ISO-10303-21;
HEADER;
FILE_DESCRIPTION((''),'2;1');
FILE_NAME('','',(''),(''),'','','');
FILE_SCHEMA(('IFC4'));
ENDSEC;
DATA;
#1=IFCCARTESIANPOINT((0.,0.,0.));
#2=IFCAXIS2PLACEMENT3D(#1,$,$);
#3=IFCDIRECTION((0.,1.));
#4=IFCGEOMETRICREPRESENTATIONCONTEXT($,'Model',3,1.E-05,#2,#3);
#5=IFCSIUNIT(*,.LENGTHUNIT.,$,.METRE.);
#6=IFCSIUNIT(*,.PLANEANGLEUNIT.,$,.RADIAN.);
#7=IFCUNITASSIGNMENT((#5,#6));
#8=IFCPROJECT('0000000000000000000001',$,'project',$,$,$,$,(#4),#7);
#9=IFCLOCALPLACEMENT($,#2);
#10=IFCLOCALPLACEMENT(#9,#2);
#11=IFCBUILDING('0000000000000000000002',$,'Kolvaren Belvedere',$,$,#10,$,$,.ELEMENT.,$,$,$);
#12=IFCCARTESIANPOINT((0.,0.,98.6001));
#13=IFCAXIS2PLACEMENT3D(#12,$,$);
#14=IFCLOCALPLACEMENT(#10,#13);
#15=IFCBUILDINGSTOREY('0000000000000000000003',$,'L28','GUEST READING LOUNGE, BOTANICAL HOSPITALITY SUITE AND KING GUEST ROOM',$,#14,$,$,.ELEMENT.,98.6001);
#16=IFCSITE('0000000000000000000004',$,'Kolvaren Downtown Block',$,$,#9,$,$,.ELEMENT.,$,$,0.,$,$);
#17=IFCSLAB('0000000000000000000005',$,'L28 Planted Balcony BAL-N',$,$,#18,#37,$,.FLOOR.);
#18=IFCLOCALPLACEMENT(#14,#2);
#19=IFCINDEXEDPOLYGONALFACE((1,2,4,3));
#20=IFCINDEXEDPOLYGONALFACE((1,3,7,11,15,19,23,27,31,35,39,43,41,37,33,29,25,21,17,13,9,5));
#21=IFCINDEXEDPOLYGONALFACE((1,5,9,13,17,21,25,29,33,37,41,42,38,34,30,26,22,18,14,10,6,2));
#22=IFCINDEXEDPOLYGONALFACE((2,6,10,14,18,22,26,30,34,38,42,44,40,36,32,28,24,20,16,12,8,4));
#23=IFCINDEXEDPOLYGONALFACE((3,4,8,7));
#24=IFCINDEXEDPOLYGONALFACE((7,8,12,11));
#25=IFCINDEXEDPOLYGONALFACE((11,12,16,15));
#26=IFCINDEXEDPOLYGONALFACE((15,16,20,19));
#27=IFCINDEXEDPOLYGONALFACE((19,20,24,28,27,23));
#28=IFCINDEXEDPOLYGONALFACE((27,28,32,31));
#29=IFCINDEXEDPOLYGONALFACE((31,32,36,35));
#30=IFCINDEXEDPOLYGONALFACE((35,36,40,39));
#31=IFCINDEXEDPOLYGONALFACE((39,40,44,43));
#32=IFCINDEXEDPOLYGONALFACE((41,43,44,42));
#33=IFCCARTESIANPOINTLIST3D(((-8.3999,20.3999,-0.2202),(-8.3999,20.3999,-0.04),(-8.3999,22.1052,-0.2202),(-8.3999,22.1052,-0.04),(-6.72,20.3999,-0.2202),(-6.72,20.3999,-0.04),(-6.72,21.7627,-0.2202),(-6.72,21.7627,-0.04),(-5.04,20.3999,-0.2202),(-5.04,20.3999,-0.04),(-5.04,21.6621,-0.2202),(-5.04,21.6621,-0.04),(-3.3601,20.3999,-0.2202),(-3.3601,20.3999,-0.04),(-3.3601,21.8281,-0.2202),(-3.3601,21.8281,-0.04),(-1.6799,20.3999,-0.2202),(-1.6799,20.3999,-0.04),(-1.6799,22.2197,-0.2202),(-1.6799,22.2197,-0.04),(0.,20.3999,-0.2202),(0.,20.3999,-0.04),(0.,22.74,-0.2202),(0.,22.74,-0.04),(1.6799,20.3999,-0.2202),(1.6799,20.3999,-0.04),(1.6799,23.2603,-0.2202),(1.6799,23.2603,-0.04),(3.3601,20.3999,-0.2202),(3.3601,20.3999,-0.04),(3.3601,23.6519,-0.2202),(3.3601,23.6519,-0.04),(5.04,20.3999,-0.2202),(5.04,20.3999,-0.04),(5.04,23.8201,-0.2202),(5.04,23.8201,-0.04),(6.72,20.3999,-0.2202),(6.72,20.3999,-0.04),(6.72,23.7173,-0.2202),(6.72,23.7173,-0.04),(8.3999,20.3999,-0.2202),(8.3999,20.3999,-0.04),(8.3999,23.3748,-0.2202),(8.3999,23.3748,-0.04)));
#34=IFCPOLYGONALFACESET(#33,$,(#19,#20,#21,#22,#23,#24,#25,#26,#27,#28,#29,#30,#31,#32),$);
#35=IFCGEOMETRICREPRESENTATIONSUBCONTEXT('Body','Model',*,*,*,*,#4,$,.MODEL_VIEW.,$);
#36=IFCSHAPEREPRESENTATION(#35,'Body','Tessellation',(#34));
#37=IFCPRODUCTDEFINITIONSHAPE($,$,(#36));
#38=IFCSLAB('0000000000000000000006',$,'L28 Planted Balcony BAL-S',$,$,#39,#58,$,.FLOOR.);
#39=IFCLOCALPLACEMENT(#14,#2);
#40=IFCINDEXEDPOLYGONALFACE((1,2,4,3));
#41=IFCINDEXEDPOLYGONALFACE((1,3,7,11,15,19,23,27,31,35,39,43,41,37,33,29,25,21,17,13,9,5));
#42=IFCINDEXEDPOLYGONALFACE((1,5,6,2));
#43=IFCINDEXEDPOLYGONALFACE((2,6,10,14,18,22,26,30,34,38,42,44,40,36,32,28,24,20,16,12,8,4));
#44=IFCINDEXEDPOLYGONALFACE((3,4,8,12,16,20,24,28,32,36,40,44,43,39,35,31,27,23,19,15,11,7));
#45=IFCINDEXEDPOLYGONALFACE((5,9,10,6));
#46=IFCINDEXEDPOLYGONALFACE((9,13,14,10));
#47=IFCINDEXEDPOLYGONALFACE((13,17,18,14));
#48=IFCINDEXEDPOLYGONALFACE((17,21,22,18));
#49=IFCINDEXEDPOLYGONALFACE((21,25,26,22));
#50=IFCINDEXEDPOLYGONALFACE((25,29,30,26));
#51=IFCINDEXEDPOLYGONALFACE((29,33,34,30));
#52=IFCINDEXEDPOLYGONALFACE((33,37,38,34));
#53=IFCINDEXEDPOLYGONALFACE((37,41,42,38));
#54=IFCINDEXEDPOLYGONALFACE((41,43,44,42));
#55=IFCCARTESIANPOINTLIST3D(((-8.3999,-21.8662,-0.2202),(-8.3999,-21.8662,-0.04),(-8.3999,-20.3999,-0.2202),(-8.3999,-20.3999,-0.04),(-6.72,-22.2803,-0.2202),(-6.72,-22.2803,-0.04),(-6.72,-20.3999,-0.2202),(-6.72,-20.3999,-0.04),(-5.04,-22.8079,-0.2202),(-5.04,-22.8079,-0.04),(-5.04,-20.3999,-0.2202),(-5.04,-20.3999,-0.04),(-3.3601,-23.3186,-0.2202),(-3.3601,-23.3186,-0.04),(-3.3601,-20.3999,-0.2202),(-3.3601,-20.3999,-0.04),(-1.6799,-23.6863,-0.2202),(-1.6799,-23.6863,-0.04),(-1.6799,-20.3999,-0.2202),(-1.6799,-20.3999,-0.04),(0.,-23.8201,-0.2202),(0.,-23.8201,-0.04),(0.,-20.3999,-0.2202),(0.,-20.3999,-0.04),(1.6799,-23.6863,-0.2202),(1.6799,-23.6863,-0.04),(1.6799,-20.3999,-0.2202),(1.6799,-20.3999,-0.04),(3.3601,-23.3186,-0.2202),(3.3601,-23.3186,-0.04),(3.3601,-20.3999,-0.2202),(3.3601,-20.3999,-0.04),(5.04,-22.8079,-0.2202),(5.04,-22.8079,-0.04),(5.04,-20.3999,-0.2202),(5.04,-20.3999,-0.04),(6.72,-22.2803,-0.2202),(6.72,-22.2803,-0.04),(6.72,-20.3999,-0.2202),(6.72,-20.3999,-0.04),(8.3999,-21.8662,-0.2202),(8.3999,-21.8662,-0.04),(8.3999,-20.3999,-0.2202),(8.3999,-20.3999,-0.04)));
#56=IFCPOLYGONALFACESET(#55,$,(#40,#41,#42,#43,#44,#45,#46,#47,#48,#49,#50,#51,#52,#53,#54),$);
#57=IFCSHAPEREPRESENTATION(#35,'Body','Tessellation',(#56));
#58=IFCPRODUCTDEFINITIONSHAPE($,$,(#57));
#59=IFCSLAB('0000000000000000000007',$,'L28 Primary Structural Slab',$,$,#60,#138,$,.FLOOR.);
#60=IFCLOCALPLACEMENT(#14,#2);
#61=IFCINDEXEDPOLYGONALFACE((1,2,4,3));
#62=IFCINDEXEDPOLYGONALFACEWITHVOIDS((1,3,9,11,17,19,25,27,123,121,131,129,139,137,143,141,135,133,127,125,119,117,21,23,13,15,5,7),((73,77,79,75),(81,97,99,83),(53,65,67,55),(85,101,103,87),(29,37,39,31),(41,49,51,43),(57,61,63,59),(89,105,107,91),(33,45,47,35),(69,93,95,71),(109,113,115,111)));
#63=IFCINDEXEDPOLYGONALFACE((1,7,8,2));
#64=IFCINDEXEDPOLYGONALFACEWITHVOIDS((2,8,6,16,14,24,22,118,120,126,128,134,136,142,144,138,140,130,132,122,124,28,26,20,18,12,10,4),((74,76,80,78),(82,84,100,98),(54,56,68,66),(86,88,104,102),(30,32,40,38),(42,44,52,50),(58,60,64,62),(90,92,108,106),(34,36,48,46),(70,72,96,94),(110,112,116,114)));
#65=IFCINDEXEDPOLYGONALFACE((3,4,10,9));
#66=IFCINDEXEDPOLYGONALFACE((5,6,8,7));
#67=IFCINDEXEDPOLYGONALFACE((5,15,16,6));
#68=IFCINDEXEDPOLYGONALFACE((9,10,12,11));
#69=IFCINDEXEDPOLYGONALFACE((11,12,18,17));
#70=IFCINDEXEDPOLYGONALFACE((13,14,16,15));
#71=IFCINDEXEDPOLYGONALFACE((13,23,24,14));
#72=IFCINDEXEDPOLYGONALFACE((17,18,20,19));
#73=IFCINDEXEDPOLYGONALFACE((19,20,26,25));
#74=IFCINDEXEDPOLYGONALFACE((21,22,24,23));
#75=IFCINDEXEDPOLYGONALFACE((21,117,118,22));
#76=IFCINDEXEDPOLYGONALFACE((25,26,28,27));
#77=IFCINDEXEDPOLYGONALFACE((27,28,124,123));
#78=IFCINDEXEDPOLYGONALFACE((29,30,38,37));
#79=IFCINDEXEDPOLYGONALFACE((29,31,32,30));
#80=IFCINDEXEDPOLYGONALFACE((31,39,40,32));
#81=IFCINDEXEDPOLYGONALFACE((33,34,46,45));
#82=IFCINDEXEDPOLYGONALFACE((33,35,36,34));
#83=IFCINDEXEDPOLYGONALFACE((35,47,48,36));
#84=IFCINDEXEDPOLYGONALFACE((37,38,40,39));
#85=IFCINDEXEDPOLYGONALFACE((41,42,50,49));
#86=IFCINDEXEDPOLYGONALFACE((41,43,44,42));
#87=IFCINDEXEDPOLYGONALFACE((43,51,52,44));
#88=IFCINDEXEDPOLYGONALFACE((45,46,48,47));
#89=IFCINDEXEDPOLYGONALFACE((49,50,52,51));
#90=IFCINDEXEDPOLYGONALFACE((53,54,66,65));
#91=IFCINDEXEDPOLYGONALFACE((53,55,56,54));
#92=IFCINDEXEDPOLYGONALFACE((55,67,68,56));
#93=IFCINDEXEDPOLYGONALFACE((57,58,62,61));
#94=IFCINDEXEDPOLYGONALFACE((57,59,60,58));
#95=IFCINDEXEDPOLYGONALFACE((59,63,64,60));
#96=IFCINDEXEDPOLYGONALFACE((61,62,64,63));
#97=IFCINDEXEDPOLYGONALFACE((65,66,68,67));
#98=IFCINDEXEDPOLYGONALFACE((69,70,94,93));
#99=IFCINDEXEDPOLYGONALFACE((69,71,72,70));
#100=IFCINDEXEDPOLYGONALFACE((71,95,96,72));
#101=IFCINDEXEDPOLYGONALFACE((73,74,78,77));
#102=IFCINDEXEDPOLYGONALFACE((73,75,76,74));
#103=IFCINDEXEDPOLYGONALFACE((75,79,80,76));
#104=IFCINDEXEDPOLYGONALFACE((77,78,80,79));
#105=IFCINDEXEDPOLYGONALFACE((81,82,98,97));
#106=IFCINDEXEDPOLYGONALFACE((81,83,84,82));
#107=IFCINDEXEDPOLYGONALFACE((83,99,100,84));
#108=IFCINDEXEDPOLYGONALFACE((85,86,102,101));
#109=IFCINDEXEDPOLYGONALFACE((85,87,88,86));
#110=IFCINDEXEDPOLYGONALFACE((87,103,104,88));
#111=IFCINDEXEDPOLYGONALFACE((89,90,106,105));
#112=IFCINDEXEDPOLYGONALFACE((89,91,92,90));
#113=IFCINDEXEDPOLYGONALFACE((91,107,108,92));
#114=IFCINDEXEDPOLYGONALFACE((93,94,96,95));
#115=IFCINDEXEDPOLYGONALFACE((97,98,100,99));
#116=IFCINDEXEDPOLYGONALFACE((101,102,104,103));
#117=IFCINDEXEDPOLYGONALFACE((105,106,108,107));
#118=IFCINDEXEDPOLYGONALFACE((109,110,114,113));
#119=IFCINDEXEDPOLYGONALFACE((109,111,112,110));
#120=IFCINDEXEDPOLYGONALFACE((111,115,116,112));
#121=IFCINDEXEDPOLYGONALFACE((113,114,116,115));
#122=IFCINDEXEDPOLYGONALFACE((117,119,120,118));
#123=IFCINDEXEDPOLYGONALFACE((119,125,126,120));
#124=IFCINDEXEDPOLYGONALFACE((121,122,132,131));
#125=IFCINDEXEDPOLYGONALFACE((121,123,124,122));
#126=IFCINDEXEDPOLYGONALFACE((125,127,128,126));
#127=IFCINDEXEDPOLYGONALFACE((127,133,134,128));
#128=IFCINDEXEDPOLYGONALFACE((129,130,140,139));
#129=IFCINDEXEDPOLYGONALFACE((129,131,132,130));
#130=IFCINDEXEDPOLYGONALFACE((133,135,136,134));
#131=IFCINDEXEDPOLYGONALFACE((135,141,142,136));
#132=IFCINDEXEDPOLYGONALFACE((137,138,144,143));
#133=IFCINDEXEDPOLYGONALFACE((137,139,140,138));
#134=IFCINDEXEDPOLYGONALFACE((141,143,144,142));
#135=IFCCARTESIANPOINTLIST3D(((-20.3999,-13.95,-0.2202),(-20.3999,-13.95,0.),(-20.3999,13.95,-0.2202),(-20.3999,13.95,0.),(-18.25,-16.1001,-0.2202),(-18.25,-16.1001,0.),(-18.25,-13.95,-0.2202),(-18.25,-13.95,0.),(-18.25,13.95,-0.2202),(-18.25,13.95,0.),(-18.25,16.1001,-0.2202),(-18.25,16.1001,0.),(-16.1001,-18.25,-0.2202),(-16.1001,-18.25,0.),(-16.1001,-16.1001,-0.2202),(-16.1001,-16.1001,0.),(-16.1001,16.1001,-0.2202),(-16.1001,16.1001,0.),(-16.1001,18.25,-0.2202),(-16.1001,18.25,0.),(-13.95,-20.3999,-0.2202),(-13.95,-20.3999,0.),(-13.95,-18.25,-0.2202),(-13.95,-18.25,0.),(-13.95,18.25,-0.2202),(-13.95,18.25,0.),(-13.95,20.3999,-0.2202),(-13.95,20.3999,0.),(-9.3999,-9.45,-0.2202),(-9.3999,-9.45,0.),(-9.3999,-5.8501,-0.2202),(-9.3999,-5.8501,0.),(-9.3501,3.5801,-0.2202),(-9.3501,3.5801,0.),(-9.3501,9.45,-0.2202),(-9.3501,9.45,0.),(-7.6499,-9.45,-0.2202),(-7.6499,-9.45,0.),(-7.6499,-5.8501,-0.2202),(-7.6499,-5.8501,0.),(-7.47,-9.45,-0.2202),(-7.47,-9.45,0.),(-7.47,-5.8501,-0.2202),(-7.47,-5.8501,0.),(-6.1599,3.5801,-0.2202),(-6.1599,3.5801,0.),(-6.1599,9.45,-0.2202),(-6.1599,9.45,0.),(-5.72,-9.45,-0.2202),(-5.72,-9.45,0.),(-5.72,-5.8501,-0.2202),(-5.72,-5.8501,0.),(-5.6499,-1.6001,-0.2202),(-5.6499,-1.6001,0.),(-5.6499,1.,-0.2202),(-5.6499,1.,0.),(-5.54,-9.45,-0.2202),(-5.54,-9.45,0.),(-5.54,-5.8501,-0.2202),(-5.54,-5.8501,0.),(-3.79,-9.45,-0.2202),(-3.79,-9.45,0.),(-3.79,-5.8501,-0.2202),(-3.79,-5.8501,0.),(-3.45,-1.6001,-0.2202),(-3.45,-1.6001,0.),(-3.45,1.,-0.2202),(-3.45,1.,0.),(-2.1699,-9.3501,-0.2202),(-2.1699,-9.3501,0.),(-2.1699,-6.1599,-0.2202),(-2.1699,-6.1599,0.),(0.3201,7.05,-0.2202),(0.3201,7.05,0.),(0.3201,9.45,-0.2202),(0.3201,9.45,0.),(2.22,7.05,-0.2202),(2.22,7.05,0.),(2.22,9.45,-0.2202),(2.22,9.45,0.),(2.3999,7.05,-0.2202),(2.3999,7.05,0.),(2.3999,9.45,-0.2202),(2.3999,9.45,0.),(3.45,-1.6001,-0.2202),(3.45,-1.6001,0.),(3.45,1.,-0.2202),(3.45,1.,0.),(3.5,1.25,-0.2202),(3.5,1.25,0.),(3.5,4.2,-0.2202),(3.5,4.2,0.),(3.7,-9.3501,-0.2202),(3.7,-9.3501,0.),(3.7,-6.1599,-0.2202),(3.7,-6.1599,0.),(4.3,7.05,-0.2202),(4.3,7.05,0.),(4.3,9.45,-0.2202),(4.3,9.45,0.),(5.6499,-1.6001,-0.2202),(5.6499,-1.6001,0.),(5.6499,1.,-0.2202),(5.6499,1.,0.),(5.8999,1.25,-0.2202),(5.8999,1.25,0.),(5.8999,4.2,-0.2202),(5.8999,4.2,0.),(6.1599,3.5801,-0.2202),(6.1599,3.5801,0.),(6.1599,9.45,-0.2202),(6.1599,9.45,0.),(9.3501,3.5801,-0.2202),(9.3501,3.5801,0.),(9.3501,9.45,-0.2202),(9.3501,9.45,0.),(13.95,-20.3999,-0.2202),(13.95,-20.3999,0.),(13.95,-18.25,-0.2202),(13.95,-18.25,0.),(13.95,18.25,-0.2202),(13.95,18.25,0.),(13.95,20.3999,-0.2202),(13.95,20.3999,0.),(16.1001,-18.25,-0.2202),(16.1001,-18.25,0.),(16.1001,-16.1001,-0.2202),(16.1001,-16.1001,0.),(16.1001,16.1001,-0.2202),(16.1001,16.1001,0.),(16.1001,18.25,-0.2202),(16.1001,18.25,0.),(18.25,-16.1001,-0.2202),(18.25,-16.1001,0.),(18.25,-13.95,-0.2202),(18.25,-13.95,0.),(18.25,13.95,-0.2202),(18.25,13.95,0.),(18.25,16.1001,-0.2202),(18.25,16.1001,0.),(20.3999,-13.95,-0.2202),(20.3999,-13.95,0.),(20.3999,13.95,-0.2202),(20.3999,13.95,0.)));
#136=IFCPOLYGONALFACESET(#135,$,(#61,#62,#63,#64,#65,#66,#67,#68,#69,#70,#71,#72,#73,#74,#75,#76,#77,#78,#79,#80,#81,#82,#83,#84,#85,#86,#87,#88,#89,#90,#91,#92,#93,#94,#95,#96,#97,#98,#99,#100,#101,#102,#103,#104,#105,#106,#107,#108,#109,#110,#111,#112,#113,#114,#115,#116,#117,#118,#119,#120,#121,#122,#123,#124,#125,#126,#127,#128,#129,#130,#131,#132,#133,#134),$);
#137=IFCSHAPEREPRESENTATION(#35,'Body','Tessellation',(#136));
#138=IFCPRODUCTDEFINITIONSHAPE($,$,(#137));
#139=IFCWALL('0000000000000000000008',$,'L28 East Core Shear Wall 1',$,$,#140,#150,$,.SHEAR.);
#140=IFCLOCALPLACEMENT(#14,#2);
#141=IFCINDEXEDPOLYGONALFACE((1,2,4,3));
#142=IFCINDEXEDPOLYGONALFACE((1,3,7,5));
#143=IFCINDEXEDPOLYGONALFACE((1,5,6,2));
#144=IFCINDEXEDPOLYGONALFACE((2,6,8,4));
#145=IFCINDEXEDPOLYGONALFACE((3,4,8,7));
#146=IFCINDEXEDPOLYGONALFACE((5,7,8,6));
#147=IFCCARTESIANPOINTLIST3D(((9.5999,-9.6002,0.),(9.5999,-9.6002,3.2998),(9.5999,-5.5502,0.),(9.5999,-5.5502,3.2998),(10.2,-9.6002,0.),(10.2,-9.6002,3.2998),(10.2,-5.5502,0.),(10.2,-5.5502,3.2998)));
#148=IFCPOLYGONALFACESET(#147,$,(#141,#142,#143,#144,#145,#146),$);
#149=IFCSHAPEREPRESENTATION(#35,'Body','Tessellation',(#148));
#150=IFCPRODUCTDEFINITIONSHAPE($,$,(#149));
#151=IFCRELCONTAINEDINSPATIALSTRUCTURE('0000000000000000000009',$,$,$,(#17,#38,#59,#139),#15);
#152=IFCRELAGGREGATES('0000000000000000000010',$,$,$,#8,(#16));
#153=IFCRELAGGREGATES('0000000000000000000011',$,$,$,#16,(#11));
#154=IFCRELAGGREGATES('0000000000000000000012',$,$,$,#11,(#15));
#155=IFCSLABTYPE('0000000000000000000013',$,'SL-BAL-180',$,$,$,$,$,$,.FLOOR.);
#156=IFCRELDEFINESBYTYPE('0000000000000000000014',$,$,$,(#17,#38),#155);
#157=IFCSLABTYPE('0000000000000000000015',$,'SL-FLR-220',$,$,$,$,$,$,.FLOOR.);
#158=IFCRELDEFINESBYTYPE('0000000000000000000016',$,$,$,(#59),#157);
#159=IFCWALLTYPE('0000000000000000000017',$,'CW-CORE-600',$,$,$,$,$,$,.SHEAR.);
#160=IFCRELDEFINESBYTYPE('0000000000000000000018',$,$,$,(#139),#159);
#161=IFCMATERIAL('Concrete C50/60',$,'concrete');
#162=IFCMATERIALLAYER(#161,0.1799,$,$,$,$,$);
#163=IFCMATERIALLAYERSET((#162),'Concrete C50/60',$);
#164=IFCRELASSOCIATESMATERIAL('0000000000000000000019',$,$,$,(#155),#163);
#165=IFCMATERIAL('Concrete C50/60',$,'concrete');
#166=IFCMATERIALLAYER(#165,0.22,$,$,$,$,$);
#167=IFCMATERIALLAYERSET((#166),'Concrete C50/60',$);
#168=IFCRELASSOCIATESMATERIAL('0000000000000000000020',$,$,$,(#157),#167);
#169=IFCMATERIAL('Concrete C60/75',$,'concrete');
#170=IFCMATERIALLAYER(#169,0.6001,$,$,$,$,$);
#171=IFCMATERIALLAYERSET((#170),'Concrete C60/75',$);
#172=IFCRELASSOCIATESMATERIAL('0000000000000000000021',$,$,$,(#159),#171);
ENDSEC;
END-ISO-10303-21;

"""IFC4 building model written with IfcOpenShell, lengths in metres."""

from ifc_helpers import new_model, si_unit, direction, frame, frame_2d, origin, place, context, subcontext, project, spatial, polyline, rectangle, outline, extrude, material, layer, layer_set, type_object, element, save


model = new_model("IFC4")

# Units and contexts
model_context = context("Model", 3, precision=1e-05, world=origin(), true_north=direction((0.0, 1.0)))
body_context = subcontext(model_context, "Body", "Model", "MODEL_VIEW")
ifc_project = project(units=[si_unit("LENGTHUNIT", "METRE"), si_unit("PLANEANGLEUNIT", "RADIAN")], contexts=[model_context])

# Site, building, storey
site_placement = place(None, origin())
site = spatial("IfcSite", under=ifc_project, at=site_placement, Name="Kolvaren Downtown Block", CompositionType="ELEMENT", RefElevation=0.0)
building_placement = place(site_placement, origin())
building = spatial("IfcBuilding", under=site, at=building_placement, Name="Kolvaren Belvedere", CompositionType="ELEMENT")
storey_placement = place(building_placement, frame((0.0, 0.0, 98.6001)))
storey = spatial("IfcBuildingStorey", under=building, at=storey_placement, Name="L28", Description="GUEST READING LOUNGE, BOTANICAL HOSPITALITY SUITE AND KING GUEST ROOM", CompositionType="ELEMENT", Elevation=98.6001)

# Slabs
ifc_material_1 = material(Name="Concrete C50/60", Category="concrete")
ifc_layer_1 = layer(ifc_material_1, 0.1799)
ifc_layer_set_1 = layer_set([ifc_layer_1], Name="Concrete C50/60")
slab_type_1 = type_object("IfcSlabType", Name="SL-BAL-180", PredefinedType="FLOOR", material=ifc_layer_set_1)
slab_1_placement = place(storey_placement, frame((0.0, 0.0, -0.2202)))
element("IfcSlab", 1, at=slab_1_placement, inside=storey, type_object=slab_type_1, Name="L28 Planted Balcony BAL-N", PredefinedType="FLOOR", context=body_context, shape_type="SweptSolid", body=[
    extrude(outline(polyline([(-8.3999, 20.3999), (-6.72, 20.3999), (-5.04, 20.3999), (-3.3601, 20.3999), (-1.6799, 20.3999), (0.0, 20.3999), (1.6799, 20.3999), (3.3601, 20.3999), (5.04, 20.3999), (6.72, 20.3999), (8.3999, 20.3999), (8.3999, 23.3748), (6.72, 23.7173), (5.04, 23.8201), (3.3601, 23.6519), (1.6799, 23.2603), (0.0, 22.74), (-1.6799, 22.2197), (-3.3601, 21.8281), (-5.04, 21.6621), (-6.72, 21.7627), (-8.3999, 22.1052), (-8.3999, 20.3999)])), origin(), (0.0, 0.0, 1.0), 0.1802),
])
slab_2_placement = place(storey_placement, frame((0.0, 0.0, -0.2202)))
element("IfcSlab", 2, at=slab_2_placement, inside=storey, type_object=slab_type_1, Name="L28 Planted Balcony BAL-S", PredefinedType="FLOOR", context=body_context, shape_type="SweptSolid", body=[
    extrude(outline(polyline([(-8.3999, -21.8662), (-6.72, -22.2803), (-5.04, -22.8079), (-3.3601, -23.3186), (-1.6799, -23.6863), (0.0, -23.8201), (1.6799, -23.6863), (3.3601, -23.3186), (5.04, -22.8079), (6.72, -22.2803), (8.3999, -21.8662), (8.3999, -20.3999), (6.72, -20.3999), (5.04, -20.3999), (3.3601, -20.3999), (1.6799, -20.3999), (0.0, -20.3999), (-1.6799, -20.3999), (-3.3601, -20.3999), (-5.04, -20.3999), (-6.72, -20.3999), (-8.3999, -20.3999), (-8.3999, -21.8662)])), origin(), (0.0, 0.0, 1.0), 0.1802),
])
ifc_material_2 = material(Name="Concrete C50/60", Category="concrete")
ifc_layer_2 = layer(ifc_material_2, 0.22)
ifc_layer_set_2 = layer_set([ifc_layer_2], Name="Concrete C50/60")
slab_type_2 = type_object("IfcSlabType", Name="SL-FLR-220", PredefinedType="FLOOR", material=ifc_layer_set_2)
slab_3_placement = place(storey_placement, frame((0.0, 0.0, -0.2202)))
element("IfcSlab", 3, at=slab_3_placement, inside=storey, type_object=slab_type_2, Name="L28 Primary Structural Slab", PredefinedType="FLOOR", context=body_context, shape_type="SweptSolid", body=[
    extrude(outline(polyline([(-13.95, -20.3999), (13.95, -20.3999), (13.95, -18.25), (16.1001, -18.25), (16.1001, -16.1001), (18.25, -16.1001), (18.25, -13.95), (20.3999, -13.95), (20.3999, 13.95), (18.25, 13.95), (18.25, 16.1001), (16.1001, 16.1001), (16.1001, 18.25), (13.95, 18.25), (13.95, 20.3999), (-13.95, 20.3999), (-13.95, 18.25), (-16.1001, 18.25), (-16.1001, 16.1001), (-18.25, 16.1001), (-18.25, 13.95), (-20.3999, 13.95), (-20.3999, -13.95), (-18.25, -13.95), (-18.25, -16.1001), (-16.1001, -16.1001), (-16.1001, -18.25), (-13.95, -18.25), (-13.95, -20.3999)]), holes=[polyline([(-9.3501, 3.5801), (-6.1599, 3.5801), (-6.1599, 9.45), (-9.3501, 9.45), (-9.3501, 3.5801)]), polyline([(6.1599, 3.5801), (9.3501, 3.5801), (9.3501, 9.45), (6.1599, 9.45), (6.1599, 3.5801)]), polyline([(-2.1699, -9.3501), (3.7, -9.3501), (3.7, -6.1599), (-2.1699, -6.1599), (-2.1699, -9.3501)]), polyline([(-5.6499, -1.6001), (-3.45, -1.6001), (-3.45, 1.0), (-5.6499, 1.0), (-5.6499, -1.6001)]), polyline([(3.5, 1.25), (5.8999, 1.25), (5.8999, 4.2), (3.5, 4.2), (3.5, 1.25)]), polyline([(3.45, -1.6001), (5.6499, -1.6001), (5.6499, 1.0), (3.45, 1.0), (3.45, -1.6001)]), polyline([(-9.3999, -9.45), (-7.6499, -9.45), (-7.6499, -5.8501), (-9.3999, -5.8501), (-9.3999, -9.45)]), polyline([(-7.47, -9.45), (-5.72, -9.45), (-5.72, -5.8501), (-7.47, -5.8501), (-7.47, -9.45)]), polyline([(-5.54, -9.45), (-3.79, -9.45), (-3.79, -5.8501), (-5.54, -5.8501), (-5.54, -9.45)]), polyline([(0.3201, 7.05), (2.22, 7.05), (2.22, 9.45), (0.3201, 9.45), (0.3201, 7.05)]), polyline([(2.3999, 7.05), (4.3, 7.05), (4.3, 9.45), (2.3999, 9.45), (2.3999, 7.05)])]), origin(), (0.0, 0.0, 1.0), 0.2202),
])

# Wall
ifc_material_3 = material(Name="Concrete C60/75", Category="concrete")
ifc_layer_3 = layer(ifc_material_3, 0.6001)
ifc_layer_set_3 = layer_set([ifc_layer_3], Name="Concrete C60/75")
wall_type_1 = type_object("IfcWallType", Name="CW-CORE-600", PredefinedType="SHEAR", material=ifc_layer_set_3)
wall_1_placement = place(storey_placement, frame((9.8999, -9.6001, 0.0), z_axis=(0.0, 0.0, 1.0), x_axis=(0.0, 1.0, 0.0)))
element("IfcWall", 4, at=wall_1_placement, inside=storey, type_object=wall_type_1, Name="L28 East Core Shear Wall 1", PredefinedType="SHEAR", context=body_context, shape_type="SweptSolid", body=[
    extrude(rectangle(XDim=4.05, YDim=0.6001, at=frame_2d((2.0249, 0.0))), origin(), (0.0, 0.0, 1.0), 3.2998),
])

save(model, "model.ifc")
